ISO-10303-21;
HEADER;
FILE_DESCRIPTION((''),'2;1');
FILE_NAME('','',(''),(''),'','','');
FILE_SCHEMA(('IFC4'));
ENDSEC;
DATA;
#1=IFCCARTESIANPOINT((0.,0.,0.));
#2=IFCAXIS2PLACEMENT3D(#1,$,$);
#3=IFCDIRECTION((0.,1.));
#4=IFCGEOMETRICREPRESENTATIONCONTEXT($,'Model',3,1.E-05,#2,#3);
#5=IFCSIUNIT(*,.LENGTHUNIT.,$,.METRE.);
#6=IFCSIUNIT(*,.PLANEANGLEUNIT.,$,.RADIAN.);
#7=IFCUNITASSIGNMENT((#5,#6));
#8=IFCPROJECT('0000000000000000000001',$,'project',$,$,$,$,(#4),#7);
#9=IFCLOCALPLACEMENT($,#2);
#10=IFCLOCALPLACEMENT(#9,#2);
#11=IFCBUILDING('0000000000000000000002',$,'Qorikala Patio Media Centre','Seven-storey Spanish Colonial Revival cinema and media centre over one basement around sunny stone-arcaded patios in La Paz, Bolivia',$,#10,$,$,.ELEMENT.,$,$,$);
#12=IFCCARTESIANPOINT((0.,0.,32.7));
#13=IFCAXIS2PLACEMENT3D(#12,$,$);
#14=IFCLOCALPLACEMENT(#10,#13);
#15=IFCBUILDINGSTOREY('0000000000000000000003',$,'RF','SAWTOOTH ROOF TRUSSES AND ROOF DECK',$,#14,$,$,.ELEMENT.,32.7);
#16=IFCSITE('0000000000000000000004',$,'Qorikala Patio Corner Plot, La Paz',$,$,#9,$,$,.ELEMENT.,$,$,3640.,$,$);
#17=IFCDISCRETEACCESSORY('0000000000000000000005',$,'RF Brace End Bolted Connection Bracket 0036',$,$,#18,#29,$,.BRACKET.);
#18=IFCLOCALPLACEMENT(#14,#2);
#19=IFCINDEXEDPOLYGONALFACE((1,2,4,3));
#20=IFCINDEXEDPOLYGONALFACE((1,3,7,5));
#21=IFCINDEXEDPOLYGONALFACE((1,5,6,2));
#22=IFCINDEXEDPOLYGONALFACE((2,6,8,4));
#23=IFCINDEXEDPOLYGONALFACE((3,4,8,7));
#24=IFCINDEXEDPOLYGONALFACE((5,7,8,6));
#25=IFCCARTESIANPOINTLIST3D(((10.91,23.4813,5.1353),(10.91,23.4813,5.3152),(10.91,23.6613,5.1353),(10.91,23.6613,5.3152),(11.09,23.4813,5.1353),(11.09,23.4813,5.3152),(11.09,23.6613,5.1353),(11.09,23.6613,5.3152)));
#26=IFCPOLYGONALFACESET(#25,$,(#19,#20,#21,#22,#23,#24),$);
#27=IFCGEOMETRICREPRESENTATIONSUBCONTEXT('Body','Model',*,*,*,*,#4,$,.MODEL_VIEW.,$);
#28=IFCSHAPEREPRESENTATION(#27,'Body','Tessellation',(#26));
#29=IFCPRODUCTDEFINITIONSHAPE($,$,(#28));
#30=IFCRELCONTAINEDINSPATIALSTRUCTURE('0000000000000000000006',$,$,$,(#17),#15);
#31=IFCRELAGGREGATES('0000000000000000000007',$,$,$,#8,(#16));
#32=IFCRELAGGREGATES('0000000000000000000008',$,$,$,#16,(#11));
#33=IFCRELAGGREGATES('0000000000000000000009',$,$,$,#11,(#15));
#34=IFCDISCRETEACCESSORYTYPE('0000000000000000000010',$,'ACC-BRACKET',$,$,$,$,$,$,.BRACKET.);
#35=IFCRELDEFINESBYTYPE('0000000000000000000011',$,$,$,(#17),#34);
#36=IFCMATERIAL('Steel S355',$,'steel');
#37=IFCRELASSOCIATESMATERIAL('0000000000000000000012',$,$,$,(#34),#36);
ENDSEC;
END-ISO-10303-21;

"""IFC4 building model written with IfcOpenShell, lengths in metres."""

from ifc_helpers import new_model, si_unit, direction, frame, origin, origin_2d, place, context, subcontext, project, spatial, rectangle, extrude, material, type_object, element, save


model = new_model("IFC4")

# Units and contexts
model_context = context("Model", 3, precision=1e-05, world=origin(), true_north=direction((0.0, 1.0)))
body_context = subcontext(model_context, "Body", "Model", "MODEL_VIEW")
ifc_project = project(units=[si_unit("LENGTHUNIT", "METRE"), si_unit("PLANEANGLEUNIT", "RADIAN")], contexts=[model_context])

# Site, building, storey
site_placement = place(None, origin())
site = spatial("IfcSite", under=ifc_project, at=site_placement, Name="Qorikala Patio Corner Plot, La Paz", CompositionType="ELEMENT", RefElevation=3640.0)
building_placement = place(site_placement, origin())
building = spatial("IfcBuilding", under=site, at=building_placement, Name="Qorikala Patio Media Centre", Description="Seven-storey Spanish Colonial Revival cinema and media centre over one basement around sunny stone-arcaded patios in La Paz, Bolivia", CompositionType="ELEMENT")
storey_placement = place(building_placement, frame((0.0, 0.0, 32.7)))
storey = spatial("IfcBuildingStorey", under=building, at=storey_placement, Name="RF", Description="SAWTOOTH ROOF TRUSSES AND ROOF DECK", CompositionType="ELEMENT", Elevation=32.7)

# Shared definitions
ifc_material_1 = material(Name="Steel S355", Category="steel")

# Discrete accessory
discrete_accessory_type = type_object("IfcDiscreteAccessoryType", Name="ACC-BRACKET", PredefinedType="BRACKET", material=ifc_material_1)
discrete_accessory_placement = place(storey_placement, frame((11.0, 23.5713, 5.1353), z_axis=(0.0, 0.0, 1.0), x_axis=(1.0, 0.0, 0.0)))
element("IfcDiscreteAccessory", 1, at=discrete_accessory_placement, inside=storey, type_object=discrete_accessory_type, Name="RF Brace End Bolted Connection Bracket 0036", PredefinedType="BRACKET", context=body_context, shape_type="SweptSolid", body=[
    extrude(rectangle(XDim=0.1799, YDim=0.1799, at=origin_2d()), origin(), (0.0, 0.0, 1.0), 0.1799),
])

save(model, "model.ifc")
